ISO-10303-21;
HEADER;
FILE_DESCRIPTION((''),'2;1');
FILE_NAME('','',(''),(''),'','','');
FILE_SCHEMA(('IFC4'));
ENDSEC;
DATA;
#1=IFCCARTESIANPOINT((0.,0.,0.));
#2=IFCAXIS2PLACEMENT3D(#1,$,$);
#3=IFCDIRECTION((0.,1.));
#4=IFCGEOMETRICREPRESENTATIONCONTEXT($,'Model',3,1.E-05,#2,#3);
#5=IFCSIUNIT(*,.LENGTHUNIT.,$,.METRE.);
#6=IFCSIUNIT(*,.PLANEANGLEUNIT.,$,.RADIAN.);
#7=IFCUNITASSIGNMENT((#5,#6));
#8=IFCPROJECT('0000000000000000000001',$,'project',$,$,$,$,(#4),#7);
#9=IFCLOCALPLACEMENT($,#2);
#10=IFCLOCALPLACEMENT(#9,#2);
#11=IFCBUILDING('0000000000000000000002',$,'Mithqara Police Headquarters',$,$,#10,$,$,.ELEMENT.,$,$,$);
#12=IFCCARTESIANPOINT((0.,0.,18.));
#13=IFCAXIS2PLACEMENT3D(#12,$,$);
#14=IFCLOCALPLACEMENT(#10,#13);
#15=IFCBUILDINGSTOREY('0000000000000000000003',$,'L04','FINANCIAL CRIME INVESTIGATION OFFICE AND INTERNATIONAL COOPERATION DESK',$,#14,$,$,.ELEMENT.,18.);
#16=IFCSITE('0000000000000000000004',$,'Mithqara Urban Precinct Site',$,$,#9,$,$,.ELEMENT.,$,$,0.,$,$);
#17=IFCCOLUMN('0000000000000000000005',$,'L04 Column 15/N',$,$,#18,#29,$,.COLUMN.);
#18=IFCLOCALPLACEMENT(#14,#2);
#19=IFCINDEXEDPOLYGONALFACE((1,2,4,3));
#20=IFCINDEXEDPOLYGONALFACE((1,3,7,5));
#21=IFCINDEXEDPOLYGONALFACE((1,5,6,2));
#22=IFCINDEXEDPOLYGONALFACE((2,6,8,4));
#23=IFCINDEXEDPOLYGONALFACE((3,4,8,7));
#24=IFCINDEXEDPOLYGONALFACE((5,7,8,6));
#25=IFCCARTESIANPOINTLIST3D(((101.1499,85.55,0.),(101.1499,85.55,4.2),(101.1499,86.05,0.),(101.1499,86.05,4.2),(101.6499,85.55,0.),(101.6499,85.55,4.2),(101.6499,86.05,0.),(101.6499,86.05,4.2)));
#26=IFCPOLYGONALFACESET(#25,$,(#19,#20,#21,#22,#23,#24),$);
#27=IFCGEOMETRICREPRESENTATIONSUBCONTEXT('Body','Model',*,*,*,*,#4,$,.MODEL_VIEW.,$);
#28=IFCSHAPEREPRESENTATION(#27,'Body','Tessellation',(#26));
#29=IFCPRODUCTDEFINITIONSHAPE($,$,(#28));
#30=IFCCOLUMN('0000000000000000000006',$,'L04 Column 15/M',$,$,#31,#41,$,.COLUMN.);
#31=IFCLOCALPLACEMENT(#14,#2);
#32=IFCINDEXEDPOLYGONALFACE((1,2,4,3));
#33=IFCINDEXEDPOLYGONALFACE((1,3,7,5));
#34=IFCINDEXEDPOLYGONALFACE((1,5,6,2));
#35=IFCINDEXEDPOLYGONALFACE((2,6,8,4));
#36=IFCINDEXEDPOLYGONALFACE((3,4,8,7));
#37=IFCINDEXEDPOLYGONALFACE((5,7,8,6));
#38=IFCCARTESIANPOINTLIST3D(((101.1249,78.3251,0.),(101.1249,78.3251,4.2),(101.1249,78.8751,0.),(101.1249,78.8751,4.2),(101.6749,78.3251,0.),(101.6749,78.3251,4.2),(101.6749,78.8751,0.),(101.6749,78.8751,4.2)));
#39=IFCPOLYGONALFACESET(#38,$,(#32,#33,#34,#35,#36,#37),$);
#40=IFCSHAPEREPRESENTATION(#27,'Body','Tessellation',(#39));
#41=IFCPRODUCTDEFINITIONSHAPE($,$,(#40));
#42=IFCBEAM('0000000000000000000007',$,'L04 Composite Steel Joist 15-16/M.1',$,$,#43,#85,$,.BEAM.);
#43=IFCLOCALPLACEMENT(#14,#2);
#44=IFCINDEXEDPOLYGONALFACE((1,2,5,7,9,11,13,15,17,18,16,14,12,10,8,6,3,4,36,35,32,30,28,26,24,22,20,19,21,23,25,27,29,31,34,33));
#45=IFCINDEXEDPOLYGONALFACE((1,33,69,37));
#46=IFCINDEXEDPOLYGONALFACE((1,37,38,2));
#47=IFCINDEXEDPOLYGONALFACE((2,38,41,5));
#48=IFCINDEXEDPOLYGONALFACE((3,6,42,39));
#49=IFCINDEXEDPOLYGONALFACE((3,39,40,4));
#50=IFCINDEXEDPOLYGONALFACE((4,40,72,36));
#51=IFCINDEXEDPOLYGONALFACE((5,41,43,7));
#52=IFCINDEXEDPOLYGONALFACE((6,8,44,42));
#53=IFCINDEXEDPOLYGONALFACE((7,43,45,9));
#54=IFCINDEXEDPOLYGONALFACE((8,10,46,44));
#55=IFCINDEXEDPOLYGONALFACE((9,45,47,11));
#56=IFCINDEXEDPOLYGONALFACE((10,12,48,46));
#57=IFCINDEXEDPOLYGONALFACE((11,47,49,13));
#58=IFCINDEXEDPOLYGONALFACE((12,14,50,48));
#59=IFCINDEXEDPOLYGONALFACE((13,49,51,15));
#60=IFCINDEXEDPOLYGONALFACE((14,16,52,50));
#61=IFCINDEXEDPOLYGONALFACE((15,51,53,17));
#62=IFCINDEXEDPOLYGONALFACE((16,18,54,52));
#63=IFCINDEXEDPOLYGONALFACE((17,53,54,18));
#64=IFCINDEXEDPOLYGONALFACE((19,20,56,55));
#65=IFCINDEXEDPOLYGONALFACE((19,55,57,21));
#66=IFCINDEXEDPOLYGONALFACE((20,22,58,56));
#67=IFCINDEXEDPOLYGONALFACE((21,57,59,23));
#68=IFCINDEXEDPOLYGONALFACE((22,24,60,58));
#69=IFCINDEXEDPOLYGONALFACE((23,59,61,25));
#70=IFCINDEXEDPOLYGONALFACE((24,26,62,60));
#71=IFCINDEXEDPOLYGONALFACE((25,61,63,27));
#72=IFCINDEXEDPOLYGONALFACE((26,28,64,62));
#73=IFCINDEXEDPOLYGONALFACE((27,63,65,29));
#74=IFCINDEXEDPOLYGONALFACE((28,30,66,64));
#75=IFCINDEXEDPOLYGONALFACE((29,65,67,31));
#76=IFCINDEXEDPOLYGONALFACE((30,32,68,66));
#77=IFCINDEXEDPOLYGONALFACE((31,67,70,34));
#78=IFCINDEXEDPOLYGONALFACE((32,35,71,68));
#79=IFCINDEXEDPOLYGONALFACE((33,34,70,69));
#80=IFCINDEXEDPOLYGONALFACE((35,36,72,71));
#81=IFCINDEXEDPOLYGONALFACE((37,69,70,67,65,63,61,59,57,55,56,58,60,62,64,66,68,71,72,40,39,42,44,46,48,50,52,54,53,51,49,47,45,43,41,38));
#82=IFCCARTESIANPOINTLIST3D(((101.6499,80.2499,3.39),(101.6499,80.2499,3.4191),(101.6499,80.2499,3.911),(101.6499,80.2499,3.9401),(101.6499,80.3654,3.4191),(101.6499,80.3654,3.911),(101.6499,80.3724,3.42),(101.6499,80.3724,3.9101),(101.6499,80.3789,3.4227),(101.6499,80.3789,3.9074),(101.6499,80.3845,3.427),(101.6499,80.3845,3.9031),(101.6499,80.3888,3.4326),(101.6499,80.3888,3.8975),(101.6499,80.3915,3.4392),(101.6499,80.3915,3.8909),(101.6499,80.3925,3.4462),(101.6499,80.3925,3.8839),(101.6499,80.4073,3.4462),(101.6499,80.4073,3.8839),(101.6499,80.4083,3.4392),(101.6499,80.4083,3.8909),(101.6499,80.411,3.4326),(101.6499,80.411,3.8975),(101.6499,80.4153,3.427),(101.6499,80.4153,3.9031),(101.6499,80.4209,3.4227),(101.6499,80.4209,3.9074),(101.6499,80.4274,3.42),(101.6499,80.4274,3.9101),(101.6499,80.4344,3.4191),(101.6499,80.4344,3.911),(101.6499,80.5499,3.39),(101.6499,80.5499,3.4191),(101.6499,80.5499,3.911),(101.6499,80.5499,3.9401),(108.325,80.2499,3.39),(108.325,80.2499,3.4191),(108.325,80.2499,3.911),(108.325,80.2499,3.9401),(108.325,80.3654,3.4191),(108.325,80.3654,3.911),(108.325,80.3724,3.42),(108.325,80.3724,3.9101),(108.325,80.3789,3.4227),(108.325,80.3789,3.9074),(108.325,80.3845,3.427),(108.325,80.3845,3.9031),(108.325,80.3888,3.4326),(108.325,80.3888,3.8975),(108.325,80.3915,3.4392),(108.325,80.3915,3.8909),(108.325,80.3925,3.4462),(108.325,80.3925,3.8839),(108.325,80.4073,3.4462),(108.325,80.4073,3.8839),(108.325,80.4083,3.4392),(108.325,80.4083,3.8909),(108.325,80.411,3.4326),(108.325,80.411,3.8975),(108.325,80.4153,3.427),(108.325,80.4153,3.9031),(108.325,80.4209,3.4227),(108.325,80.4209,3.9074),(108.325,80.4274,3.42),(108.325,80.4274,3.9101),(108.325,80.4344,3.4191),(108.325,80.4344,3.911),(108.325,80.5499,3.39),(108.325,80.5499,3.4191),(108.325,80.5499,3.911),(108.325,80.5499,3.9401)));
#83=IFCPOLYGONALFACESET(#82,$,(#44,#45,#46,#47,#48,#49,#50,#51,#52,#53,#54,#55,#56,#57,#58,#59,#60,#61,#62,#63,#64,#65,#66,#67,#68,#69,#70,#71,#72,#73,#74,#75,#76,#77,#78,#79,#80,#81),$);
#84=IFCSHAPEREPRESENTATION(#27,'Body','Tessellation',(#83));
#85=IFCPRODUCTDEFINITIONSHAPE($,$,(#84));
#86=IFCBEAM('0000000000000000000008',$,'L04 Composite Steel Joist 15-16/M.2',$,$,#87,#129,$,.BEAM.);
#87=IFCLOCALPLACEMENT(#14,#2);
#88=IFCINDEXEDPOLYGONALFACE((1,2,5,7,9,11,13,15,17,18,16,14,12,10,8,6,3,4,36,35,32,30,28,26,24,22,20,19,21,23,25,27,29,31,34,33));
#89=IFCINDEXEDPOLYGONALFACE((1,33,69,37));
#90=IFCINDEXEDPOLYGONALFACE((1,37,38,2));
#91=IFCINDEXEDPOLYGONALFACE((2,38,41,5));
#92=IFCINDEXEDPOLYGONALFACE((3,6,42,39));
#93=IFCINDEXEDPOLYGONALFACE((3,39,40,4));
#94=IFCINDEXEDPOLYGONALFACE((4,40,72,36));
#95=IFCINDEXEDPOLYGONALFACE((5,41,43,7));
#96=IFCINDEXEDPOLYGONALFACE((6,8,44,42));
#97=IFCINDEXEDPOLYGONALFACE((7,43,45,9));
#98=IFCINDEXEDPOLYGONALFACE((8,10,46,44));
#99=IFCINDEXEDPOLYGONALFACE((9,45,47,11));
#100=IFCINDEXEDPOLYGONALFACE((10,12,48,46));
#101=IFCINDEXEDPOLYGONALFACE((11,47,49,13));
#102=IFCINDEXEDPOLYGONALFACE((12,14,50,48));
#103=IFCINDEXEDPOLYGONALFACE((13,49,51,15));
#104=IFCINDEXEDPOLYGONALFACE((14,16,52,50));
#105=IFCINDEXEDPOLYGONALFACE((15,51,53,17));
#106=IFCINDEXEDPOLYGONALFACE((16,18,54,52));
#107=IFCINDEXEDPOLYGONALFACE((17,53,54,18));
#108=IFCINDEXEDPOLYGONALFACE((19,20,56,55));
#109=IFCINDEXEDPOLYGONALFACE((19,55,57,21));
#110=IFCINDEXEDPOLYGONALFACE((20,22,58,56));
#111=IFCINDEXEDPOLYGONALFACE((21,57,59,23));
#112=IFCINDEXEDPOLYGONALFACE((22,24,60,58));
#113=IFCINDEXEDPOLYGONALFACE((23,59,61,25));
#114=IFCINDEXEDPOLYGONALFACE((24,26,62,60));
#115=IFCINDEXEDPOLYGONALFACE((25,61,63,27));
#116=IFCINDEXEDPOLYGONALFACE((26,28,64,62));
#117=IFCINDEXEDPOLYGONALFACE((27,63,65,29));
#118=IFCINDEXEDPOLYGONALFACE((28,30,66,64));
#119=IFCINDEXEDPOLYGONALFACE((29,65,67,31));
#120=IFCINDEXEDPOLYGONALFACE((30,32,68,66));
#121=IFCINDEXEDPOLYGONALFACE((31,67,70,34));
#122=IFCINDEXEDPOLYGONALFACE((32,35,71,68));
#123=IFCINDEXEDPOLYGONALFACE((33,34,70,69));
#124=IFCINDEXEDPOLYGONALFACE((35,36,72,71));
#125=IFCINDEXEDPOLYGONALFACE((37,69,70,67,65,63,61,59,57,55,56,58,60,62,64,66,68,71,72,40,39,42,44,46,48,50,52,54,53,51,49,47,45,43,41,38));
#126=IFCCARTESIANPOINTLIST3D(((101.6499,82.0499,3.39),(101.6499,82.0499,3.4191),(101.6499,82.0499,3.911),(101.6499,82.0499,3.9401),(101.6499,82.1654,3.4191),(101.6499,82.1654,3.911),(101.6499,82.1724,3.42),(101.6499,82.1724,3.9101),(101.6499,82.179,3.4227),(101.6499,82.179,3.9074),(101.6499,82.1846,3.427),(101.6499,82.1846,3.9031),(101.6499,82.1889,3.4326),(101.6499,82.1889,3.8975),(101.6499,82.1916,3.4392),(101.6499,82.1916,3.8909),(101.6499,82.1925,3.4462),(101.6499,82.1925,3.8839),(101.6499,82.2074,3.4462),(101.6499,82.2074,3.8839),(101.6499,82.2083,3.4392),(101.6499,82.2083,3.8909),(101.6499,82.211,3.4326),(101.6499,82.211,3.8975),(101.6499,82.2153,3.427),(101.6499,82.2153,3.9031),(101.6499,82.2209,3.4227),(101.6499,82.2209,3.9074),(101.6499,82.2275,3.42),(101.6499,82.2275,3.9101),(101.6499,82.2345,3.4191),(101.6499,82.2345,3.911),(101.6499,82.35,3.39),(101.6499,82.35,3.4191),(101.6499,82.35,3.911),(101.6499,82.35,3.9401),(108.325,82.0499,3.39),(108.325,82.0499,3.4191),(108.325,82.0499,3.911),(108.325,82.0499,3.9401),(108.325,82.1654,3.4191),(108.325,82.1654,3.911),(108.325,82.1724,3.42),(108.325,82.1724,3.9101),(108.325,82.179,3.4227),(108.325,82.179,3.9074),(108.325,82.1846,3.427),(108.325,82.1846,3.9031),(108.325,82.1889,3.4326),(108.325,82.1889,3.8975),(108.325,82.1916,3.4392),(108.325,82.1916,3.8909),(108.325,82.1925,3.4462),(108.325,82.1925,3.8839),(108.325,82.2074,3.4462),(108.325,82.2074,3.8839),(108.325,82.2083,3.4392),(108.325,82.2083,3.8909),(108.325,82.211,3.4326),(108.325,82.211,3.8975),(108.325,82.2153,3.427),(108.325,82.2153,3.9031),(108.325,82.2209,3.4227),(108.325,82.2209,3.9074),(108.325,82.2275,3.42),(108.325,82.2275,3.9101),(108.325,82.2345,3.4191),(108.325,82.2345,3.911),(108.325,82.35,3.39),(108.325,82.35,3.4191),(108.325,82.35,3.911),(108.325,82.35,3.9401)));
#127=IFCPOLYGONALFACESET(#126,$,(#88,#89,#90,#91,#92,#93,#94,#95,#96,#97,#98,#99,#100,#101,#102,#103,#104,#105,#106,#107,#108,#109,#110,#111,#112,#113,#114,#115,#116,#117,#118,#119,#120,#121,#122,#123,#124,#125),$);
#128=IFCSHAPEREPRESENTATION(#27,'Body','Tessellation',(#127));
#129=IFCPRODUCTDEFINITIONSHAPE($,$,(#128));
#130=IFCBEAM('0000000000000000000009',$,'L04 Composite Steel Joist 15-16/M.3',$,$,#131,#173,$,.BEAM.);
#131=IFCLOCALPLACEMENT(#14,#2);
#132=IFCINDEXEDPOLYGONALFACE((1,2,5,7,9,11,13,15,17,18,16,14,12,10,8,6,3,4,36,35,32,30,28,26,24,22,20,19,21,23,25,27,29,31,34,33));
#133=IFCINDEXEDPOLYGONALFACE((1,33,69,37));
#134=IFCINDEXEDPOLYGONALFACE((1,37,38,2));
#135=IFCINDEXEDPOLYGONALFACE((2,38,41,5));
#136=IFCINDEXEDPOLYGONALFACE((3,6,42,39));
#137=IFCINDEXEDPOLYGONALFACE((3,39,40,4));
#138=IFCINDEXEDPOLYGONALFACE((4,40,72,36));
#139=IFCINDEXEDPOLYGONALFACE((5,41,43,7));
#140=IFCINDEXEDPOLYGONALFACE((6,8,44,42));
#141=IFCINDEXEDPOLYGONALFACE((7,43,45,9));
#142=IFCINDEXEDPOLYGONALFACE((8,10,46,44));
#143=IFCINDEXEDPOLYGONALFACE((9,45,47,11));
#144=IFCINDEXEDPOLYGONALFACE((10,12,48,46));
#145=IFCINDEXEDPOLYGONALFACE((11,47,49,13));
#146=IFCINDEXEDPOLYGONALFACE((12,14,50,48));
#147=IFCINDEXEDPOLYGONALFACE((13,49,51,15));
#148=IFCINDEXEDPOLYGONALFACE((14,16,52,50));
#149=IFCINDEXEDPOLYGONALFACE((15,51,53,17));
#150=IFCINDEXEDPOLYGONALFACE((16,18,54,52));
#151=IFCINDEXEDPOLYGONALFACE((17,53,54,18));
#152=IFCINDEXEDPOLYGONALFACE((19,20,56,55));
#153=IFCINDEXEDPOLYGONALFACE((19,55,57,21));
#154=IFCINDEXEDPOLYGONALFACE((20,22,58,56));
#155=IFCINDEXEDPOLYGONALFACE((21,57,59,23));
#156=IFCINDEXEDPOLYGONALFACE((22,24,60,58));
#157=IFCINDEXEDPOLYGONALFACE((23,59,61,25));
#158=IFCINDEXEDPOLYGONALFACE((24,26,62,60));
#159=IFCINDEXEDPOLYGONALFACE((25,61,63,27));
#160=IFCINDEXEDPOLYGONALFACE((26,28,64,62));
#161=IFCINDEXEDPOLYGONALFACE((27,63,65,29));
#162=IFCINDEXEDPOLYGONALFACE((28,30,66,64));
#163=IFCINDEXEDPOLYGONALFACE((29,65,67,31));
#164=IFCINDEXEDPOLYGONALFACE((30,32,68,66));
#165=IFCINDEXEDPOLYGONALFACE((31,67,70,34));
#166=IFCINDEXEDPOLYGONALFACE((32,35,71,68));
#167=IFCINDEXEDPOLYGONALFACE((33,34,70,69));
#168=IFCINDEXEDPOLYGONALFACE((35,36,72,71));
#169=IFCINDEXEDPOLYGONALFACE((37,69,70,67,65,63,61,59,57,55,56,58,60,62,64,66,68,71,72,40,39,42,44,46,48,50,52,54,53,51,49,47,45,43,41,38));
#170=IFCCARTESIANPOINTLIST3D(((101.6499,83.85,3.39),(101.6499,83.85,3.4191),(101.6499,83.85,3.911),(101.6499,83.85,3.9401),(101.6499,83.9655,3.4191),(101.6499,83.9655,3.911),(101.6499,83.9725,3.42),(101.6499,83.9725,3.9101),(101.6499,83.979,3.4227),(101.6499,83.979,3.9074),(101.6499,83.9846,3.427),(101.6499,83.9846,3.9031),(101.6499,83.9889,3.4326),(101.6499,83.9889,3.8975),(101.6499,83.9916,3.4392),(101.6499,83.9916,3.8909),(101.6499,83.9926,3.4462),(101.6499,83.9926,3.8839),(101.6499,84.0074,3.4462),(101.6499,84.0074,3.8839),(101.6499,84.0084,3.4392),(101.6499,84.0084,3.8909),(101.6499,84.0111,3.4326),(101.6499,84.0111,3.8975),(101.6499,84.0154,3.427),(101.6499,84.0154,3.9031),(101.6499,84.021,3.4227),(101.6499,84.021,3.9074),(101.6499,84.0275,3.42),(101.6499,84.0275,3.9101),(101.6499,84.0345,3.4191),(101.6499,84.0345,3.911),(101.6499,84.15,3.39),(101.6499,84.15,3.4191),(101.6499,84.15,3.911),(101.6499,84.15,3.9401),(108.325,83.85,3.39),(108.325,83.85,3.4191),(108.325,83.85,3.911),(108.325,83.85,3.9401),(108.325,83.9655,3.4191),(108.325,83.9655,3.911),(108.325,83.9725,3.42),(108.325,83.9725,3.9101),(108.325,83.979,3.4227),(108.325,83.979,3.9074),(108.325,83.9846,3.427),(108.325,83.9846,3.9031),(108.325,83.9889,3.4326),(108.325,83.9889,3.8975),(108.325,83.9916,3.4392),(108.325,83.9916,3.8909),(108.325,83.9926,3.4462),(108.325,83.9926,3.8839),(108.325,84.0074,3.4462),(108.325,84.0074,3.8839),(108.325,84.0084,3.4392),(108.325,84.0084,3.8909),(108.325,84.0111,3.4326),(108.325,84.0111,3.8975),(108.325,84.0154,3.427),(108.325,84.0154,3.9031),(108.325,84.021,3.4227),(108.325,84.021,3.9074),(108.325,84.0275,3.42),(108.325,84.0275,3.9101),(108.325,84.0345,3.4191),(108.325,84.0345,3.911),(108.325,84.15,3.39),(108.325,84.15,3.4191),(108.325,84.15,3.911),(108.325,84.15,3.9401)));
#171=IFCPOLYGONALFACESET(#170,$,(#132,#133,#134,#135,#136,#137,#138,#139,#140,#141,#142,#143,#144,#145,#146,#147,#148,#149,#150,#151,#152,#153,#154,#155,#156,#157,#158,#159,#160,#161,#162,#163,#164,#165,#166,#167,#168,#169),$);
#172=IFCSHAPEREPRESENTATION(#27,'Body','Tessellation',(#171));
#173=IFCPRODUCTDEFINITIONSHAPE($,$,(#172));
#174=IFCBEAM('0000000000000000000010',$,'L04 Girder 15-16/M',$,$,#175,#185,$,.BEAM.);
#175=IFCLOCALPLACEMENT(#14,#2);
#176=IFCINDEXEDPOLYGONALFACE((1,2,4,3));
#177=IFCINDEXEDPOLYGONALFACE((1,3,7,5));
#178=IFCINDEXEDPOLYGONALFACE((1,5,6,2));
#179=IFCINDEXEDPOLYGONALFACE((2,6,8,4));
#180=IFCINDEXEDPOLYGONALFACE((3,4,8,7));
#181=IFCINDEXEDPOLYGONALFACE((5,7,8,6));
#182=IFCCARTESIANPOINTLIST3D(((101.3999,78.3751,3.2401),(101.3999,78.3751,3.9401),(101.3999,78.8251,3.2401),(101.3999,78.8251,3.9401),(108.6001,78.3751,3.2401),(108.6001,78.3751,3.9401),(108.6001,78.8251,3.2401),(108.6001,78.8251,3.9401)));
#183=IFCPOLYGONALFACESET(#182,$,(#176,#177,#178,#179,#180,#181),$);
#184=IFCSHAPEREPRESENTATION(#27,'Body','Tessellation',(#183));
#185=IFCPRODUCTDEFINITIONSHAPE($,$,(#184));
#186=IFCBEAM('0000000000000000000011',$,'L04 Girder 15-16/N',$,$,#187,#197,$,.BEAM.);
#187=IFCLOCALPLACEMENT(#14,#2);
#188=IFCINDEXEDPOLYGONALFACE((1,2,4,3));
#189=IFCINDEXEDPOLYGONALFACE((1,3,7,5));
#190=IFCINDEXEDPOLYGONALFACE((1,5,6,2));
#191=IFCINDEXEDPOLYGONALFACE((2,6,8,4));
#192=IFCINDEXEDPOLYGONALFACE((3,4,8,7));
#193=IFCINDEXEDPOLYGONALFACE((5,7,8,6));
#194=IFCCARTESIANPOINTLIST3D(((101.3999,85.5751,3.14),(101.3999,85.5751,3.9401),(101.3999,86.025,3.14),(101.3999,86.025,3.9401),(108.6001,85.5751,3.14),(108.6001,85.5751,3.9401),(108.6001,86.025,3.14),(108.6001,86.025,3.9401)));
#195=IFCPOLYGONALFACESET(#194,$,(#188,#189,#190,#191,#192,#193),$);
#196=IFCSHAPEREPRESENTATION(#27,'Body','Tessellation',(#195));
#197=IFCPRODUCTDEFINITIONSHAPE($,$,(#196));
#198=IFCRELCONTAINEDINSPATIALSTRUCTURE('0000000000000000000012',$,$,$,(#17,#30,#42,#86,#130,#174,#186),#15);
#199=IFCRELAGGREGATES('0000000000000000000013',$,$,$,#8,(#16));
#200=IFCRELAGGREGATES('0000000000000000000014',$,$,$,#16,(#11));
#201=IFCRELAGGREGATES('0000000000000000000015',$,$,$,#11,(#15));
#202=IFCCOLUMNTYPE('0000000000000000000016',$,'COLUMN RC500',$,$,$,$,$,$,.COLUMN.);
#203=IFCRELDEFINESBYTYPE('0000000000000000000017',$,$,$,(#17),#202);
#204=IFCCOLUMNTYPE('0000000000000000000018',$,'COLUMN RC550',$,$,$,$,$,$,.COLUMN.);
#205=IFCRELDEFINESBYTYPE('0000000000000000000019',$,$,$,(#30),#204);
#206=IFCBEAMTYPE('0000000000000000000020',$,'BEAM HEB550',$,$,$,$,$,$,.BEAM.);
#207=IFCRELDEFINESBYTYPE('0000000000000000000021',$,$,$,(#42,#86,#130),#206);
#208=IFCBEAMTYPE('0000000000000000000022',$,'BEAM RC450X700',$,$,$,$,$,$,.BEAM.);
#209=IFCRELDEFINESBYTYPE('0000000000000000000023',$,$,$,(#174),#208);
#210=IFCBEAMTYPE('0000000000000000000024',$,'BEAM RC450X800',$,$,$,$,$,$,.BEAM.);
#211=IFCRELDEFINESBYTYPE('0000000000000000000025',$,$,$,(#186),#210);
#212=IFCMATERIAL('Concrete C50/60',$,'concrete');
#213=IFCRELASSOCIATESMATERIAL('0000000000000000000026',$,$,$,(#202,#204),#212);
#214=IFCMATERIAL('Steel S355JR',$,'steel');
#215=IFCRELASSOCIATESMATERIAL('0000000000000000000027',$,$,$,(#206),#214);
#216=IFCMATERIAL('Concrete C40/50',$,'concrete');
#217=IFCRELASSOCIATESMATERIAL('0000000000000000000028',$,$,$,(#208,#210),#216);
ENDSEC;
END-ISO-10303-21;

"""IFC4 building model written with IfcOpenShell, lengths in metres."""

from ifc_helpers import new_model, si_unit, direction, frame, origin, origin_2d, place, context, subcontext, project, spatial, rectangle, i_section, extrude, material, material_profile, profile_set, type_object, element, save


model = new_model("IFC4")

# Units and contexts
model_context = context("Model", 3, precision=1e-05, world=origin(), true_north=direction((0.0, 1.0)))
body_context = subcontext(model_context, "Body", "Model", "MODEL_VIEW")
ifc_project = project(units=[si_unit("LENGTHUNIT", "METRE"), si_unit("PLANEANGLEUNIT", "RADIAN")], contexts=[model_context])

# Site, building, storey
site_placement = place(None, origin())
site = spatial("IfcSite", under=ifc_project, at=site_placement, Name="Mithqara Urban Precinct Site", CompositionType="ELEMENT", RefElevation=0.0)
building_placement = place(site_placement, origin())
building = spatial("IfcBuilding", under=site, at=building_placement, Name="Mithqara Police Headquarters", CompositionType="ELEMENT")
storey_placement = place(building_placement, frame((0.0, 0.0, 18.0)))
storey = spatial("IfcBuildingStorey", under=building, at=storey_placement, Name="L04", Description="FINANCIAL CRIME INVESTIGATION OFFICE AND INTERNATIONAL COOPERATION DESK", CompositionType="ELEMENT", Elevation=18.0)

# Columns
ifc_material_1 = material(Name="Concrete C50/60", Category="concrete")
ifc_material_profile_1 = material_profile(ifc_material_1, rectangle(XDim=0.5, YDim=0.5, at=origin_2d()), Name="RC 500x500")
ifc_profile_set_1 = profile_set([ifc_material_profile_1], Name="Concrete C50/60")
column_type_1 = type_object("IfcColumnType", Name="COLUMN RC500", PredefinedType="COLUMN", material=ifc_profile_set_1)
column_1_placement = place(storey_placement, frame((101.3999, 85.8, 0.0), z_axis=(0.0, 0.0, 1.0), x_axis=(1.0, 0.0, 0.0)))
element("IfcColumn", 1, at=column_1_placement, inside=storey, type_object=column_type_1, Name="L04 Column 15/N", PredefinedType="COLUMN", context=body_context, shape_type="SweptSolid", body=[
    extrude(rectangle(XDim=0.5, YDim=0.5, at=origin_2d()), origin(), (0.0, 0.0, 1.0), 4.2),
])
ifc_material_profile_2 = material_profile(ifc_material_1, rectangle(XDim=0.55, YDim=0.55, at=origin_2d()), Name="RC 550x550")
ifc_profile_set_2 = profile_set([ifc_material_profile_2], Name="Concrete C50/60")
column_type_2 = type_object("IfcColumnType", Name="COLUMN RC550", PredefinedType="COLUMN", material=ifc_profile_set_2)
column_2_placement = place(storey_placement, frame((101.3999, 78.6001, 0.0), z_axis=(0.0, 0.0, 1.0), x_axis=(1.0, 0.0, 0.0)))
element("IfcColumn", 2, at=column_2_placement, inside=storey, type_object=column_type_2, Name="L04 Column 15/M", PredefinedType="COLUMN", context=body_context, shape_type="SweptSolid", body=[
    extrude(rectangle(XDim=0.55, YDim=0.55, at=origin_2d()), origin(), (0.0, 0.0, 1.0), 4.2),
])

# Beams
ifc_material_2 = material(Name="Steel S355JR", Category="steel")
ifc_material_profile_3 = material_profile(ifc_material_2, i_section(OverallWidth=0.3, OverallDepth=0.55, WebThickness=0.0149, FlangeThickness=0.0291, FilletRadius=0.0271, at=origin_2d()), Name="HEB 550")
ifc_profile_set_3 = profile_set([ifc_material_profile_3], Name="Steel S355JR")
beam_type_1 = type_object("IfcBeamType", Name="BEAM HEB550", PredefinedType="BEAM", material=ifc_profile_set_3)
for number, where, z_axis, x_axis, name in (
    (3, (101.6499, 80.3999, 3.665), (1.0, 0.0, 0.0), (0.0, 1.0, 0.0), "L04 Composite Steel Joist 15-16/M.1"),
    (4, (101.6499, 82.2, 3.665), (1.0, 0.0, 0.0), (0.0, 1.0, 0.0), "L04 Composite Steel Joist 15-16/M.2"),
    (5, (101.6499, 84.0, 3.665), (1.0, 0.0, 0.0), (0.0, 1.0, 0.0), "L04 Composite Steel Joist 15-16/M.3"),
):
    element("IfcBeam", number, at=place(storey_placement, frame(where, z_axis=z_axis, x_axis=x_axis)), inside=storey, type_object=beam_type_1, Name=name, PredefinedType="BEAM", context=body_context, shape_type="SweptSolid", body=[
        extrude(i_section(OverallWidth=0.3, OverallDepth=0.55, WebThickness=0.0149, FlangeThickness=0.0291, FilletRadius=0.0271, at=origin_2d()), origin(), (0.0, 0.0, 1.0), 6.675),
    ])
ifc_material_3 = material(Name="Concrete C40/50", Category="concrete")
ifc_material_profile_4 = material_profile(ifc_material_3, rectangle(XDim=0.45, YDim=0.7, at=origin_2d()), Name="RC 450x700")
ifc_profile_set_4 = profile_set([ifc_material_profile_4], Name="Concrete C40/50")
beam_type_2 = type_object("IfcBeamType", Name="BEAM RC450X700", PredefinedType="BEAM", material=ifc_profile_set_4)
beam_1_placement = place(storey_placement, frame((101.3999, 78.6001, 3.5901), z_axis=(1.0, 0.0, 0.0), x_axis=(0.0, 1.0, 0.0)))
element("IfcBeam", 6, at=beam_1_placement, inside=storey, type_object=beam_type_2, Name="L04 Girder 15-16/M", PredefinedType="BEAM", context=body_context, shape_type="SweptSolid", body=[
    extrude(rectangle(XDim=0.45, YDim=0.7, at=origin_2d()), origin(), (0.0, 0.0, 1.0), 7.2002),
])
ifc_material_profile_5 = material_profile(ifc_material_3, rectangle(XDim=0.45, YDim=0.8, at=origin_2d()), Name="RC 450x800")
ifc_profile_set_5 = profile_set([ifc_material_profile_5], Name="Concrete C40/50")
beam_type_3 = type_object("IfcBeamType", Name="BEAM RC450X800", PredefinedType="BEAM", material=ifc_profile_set_5)
beam_2_placement = place(storey_placement, frame((101.3999, 85.8, 3.54), z_axis=(1.0, 0.0, 0.0), x_axis=(0.0, 1.0, 0.0)))
element("IfcBeam", 7, at=beam_2_placement, inside=storey, type_object=beam_type_3, Name="L04 Girder 15-16/N", PredefinedType="BEAM", context=body_context, shape_type="SweptSolid", body=[
    extrude(rectangle(XDim=0.45, YDim=0.8, at=origin_2d()), origin(), (0.0, 0.0, 1.0), 7.2002),
])

save(model, "model.ifc")
